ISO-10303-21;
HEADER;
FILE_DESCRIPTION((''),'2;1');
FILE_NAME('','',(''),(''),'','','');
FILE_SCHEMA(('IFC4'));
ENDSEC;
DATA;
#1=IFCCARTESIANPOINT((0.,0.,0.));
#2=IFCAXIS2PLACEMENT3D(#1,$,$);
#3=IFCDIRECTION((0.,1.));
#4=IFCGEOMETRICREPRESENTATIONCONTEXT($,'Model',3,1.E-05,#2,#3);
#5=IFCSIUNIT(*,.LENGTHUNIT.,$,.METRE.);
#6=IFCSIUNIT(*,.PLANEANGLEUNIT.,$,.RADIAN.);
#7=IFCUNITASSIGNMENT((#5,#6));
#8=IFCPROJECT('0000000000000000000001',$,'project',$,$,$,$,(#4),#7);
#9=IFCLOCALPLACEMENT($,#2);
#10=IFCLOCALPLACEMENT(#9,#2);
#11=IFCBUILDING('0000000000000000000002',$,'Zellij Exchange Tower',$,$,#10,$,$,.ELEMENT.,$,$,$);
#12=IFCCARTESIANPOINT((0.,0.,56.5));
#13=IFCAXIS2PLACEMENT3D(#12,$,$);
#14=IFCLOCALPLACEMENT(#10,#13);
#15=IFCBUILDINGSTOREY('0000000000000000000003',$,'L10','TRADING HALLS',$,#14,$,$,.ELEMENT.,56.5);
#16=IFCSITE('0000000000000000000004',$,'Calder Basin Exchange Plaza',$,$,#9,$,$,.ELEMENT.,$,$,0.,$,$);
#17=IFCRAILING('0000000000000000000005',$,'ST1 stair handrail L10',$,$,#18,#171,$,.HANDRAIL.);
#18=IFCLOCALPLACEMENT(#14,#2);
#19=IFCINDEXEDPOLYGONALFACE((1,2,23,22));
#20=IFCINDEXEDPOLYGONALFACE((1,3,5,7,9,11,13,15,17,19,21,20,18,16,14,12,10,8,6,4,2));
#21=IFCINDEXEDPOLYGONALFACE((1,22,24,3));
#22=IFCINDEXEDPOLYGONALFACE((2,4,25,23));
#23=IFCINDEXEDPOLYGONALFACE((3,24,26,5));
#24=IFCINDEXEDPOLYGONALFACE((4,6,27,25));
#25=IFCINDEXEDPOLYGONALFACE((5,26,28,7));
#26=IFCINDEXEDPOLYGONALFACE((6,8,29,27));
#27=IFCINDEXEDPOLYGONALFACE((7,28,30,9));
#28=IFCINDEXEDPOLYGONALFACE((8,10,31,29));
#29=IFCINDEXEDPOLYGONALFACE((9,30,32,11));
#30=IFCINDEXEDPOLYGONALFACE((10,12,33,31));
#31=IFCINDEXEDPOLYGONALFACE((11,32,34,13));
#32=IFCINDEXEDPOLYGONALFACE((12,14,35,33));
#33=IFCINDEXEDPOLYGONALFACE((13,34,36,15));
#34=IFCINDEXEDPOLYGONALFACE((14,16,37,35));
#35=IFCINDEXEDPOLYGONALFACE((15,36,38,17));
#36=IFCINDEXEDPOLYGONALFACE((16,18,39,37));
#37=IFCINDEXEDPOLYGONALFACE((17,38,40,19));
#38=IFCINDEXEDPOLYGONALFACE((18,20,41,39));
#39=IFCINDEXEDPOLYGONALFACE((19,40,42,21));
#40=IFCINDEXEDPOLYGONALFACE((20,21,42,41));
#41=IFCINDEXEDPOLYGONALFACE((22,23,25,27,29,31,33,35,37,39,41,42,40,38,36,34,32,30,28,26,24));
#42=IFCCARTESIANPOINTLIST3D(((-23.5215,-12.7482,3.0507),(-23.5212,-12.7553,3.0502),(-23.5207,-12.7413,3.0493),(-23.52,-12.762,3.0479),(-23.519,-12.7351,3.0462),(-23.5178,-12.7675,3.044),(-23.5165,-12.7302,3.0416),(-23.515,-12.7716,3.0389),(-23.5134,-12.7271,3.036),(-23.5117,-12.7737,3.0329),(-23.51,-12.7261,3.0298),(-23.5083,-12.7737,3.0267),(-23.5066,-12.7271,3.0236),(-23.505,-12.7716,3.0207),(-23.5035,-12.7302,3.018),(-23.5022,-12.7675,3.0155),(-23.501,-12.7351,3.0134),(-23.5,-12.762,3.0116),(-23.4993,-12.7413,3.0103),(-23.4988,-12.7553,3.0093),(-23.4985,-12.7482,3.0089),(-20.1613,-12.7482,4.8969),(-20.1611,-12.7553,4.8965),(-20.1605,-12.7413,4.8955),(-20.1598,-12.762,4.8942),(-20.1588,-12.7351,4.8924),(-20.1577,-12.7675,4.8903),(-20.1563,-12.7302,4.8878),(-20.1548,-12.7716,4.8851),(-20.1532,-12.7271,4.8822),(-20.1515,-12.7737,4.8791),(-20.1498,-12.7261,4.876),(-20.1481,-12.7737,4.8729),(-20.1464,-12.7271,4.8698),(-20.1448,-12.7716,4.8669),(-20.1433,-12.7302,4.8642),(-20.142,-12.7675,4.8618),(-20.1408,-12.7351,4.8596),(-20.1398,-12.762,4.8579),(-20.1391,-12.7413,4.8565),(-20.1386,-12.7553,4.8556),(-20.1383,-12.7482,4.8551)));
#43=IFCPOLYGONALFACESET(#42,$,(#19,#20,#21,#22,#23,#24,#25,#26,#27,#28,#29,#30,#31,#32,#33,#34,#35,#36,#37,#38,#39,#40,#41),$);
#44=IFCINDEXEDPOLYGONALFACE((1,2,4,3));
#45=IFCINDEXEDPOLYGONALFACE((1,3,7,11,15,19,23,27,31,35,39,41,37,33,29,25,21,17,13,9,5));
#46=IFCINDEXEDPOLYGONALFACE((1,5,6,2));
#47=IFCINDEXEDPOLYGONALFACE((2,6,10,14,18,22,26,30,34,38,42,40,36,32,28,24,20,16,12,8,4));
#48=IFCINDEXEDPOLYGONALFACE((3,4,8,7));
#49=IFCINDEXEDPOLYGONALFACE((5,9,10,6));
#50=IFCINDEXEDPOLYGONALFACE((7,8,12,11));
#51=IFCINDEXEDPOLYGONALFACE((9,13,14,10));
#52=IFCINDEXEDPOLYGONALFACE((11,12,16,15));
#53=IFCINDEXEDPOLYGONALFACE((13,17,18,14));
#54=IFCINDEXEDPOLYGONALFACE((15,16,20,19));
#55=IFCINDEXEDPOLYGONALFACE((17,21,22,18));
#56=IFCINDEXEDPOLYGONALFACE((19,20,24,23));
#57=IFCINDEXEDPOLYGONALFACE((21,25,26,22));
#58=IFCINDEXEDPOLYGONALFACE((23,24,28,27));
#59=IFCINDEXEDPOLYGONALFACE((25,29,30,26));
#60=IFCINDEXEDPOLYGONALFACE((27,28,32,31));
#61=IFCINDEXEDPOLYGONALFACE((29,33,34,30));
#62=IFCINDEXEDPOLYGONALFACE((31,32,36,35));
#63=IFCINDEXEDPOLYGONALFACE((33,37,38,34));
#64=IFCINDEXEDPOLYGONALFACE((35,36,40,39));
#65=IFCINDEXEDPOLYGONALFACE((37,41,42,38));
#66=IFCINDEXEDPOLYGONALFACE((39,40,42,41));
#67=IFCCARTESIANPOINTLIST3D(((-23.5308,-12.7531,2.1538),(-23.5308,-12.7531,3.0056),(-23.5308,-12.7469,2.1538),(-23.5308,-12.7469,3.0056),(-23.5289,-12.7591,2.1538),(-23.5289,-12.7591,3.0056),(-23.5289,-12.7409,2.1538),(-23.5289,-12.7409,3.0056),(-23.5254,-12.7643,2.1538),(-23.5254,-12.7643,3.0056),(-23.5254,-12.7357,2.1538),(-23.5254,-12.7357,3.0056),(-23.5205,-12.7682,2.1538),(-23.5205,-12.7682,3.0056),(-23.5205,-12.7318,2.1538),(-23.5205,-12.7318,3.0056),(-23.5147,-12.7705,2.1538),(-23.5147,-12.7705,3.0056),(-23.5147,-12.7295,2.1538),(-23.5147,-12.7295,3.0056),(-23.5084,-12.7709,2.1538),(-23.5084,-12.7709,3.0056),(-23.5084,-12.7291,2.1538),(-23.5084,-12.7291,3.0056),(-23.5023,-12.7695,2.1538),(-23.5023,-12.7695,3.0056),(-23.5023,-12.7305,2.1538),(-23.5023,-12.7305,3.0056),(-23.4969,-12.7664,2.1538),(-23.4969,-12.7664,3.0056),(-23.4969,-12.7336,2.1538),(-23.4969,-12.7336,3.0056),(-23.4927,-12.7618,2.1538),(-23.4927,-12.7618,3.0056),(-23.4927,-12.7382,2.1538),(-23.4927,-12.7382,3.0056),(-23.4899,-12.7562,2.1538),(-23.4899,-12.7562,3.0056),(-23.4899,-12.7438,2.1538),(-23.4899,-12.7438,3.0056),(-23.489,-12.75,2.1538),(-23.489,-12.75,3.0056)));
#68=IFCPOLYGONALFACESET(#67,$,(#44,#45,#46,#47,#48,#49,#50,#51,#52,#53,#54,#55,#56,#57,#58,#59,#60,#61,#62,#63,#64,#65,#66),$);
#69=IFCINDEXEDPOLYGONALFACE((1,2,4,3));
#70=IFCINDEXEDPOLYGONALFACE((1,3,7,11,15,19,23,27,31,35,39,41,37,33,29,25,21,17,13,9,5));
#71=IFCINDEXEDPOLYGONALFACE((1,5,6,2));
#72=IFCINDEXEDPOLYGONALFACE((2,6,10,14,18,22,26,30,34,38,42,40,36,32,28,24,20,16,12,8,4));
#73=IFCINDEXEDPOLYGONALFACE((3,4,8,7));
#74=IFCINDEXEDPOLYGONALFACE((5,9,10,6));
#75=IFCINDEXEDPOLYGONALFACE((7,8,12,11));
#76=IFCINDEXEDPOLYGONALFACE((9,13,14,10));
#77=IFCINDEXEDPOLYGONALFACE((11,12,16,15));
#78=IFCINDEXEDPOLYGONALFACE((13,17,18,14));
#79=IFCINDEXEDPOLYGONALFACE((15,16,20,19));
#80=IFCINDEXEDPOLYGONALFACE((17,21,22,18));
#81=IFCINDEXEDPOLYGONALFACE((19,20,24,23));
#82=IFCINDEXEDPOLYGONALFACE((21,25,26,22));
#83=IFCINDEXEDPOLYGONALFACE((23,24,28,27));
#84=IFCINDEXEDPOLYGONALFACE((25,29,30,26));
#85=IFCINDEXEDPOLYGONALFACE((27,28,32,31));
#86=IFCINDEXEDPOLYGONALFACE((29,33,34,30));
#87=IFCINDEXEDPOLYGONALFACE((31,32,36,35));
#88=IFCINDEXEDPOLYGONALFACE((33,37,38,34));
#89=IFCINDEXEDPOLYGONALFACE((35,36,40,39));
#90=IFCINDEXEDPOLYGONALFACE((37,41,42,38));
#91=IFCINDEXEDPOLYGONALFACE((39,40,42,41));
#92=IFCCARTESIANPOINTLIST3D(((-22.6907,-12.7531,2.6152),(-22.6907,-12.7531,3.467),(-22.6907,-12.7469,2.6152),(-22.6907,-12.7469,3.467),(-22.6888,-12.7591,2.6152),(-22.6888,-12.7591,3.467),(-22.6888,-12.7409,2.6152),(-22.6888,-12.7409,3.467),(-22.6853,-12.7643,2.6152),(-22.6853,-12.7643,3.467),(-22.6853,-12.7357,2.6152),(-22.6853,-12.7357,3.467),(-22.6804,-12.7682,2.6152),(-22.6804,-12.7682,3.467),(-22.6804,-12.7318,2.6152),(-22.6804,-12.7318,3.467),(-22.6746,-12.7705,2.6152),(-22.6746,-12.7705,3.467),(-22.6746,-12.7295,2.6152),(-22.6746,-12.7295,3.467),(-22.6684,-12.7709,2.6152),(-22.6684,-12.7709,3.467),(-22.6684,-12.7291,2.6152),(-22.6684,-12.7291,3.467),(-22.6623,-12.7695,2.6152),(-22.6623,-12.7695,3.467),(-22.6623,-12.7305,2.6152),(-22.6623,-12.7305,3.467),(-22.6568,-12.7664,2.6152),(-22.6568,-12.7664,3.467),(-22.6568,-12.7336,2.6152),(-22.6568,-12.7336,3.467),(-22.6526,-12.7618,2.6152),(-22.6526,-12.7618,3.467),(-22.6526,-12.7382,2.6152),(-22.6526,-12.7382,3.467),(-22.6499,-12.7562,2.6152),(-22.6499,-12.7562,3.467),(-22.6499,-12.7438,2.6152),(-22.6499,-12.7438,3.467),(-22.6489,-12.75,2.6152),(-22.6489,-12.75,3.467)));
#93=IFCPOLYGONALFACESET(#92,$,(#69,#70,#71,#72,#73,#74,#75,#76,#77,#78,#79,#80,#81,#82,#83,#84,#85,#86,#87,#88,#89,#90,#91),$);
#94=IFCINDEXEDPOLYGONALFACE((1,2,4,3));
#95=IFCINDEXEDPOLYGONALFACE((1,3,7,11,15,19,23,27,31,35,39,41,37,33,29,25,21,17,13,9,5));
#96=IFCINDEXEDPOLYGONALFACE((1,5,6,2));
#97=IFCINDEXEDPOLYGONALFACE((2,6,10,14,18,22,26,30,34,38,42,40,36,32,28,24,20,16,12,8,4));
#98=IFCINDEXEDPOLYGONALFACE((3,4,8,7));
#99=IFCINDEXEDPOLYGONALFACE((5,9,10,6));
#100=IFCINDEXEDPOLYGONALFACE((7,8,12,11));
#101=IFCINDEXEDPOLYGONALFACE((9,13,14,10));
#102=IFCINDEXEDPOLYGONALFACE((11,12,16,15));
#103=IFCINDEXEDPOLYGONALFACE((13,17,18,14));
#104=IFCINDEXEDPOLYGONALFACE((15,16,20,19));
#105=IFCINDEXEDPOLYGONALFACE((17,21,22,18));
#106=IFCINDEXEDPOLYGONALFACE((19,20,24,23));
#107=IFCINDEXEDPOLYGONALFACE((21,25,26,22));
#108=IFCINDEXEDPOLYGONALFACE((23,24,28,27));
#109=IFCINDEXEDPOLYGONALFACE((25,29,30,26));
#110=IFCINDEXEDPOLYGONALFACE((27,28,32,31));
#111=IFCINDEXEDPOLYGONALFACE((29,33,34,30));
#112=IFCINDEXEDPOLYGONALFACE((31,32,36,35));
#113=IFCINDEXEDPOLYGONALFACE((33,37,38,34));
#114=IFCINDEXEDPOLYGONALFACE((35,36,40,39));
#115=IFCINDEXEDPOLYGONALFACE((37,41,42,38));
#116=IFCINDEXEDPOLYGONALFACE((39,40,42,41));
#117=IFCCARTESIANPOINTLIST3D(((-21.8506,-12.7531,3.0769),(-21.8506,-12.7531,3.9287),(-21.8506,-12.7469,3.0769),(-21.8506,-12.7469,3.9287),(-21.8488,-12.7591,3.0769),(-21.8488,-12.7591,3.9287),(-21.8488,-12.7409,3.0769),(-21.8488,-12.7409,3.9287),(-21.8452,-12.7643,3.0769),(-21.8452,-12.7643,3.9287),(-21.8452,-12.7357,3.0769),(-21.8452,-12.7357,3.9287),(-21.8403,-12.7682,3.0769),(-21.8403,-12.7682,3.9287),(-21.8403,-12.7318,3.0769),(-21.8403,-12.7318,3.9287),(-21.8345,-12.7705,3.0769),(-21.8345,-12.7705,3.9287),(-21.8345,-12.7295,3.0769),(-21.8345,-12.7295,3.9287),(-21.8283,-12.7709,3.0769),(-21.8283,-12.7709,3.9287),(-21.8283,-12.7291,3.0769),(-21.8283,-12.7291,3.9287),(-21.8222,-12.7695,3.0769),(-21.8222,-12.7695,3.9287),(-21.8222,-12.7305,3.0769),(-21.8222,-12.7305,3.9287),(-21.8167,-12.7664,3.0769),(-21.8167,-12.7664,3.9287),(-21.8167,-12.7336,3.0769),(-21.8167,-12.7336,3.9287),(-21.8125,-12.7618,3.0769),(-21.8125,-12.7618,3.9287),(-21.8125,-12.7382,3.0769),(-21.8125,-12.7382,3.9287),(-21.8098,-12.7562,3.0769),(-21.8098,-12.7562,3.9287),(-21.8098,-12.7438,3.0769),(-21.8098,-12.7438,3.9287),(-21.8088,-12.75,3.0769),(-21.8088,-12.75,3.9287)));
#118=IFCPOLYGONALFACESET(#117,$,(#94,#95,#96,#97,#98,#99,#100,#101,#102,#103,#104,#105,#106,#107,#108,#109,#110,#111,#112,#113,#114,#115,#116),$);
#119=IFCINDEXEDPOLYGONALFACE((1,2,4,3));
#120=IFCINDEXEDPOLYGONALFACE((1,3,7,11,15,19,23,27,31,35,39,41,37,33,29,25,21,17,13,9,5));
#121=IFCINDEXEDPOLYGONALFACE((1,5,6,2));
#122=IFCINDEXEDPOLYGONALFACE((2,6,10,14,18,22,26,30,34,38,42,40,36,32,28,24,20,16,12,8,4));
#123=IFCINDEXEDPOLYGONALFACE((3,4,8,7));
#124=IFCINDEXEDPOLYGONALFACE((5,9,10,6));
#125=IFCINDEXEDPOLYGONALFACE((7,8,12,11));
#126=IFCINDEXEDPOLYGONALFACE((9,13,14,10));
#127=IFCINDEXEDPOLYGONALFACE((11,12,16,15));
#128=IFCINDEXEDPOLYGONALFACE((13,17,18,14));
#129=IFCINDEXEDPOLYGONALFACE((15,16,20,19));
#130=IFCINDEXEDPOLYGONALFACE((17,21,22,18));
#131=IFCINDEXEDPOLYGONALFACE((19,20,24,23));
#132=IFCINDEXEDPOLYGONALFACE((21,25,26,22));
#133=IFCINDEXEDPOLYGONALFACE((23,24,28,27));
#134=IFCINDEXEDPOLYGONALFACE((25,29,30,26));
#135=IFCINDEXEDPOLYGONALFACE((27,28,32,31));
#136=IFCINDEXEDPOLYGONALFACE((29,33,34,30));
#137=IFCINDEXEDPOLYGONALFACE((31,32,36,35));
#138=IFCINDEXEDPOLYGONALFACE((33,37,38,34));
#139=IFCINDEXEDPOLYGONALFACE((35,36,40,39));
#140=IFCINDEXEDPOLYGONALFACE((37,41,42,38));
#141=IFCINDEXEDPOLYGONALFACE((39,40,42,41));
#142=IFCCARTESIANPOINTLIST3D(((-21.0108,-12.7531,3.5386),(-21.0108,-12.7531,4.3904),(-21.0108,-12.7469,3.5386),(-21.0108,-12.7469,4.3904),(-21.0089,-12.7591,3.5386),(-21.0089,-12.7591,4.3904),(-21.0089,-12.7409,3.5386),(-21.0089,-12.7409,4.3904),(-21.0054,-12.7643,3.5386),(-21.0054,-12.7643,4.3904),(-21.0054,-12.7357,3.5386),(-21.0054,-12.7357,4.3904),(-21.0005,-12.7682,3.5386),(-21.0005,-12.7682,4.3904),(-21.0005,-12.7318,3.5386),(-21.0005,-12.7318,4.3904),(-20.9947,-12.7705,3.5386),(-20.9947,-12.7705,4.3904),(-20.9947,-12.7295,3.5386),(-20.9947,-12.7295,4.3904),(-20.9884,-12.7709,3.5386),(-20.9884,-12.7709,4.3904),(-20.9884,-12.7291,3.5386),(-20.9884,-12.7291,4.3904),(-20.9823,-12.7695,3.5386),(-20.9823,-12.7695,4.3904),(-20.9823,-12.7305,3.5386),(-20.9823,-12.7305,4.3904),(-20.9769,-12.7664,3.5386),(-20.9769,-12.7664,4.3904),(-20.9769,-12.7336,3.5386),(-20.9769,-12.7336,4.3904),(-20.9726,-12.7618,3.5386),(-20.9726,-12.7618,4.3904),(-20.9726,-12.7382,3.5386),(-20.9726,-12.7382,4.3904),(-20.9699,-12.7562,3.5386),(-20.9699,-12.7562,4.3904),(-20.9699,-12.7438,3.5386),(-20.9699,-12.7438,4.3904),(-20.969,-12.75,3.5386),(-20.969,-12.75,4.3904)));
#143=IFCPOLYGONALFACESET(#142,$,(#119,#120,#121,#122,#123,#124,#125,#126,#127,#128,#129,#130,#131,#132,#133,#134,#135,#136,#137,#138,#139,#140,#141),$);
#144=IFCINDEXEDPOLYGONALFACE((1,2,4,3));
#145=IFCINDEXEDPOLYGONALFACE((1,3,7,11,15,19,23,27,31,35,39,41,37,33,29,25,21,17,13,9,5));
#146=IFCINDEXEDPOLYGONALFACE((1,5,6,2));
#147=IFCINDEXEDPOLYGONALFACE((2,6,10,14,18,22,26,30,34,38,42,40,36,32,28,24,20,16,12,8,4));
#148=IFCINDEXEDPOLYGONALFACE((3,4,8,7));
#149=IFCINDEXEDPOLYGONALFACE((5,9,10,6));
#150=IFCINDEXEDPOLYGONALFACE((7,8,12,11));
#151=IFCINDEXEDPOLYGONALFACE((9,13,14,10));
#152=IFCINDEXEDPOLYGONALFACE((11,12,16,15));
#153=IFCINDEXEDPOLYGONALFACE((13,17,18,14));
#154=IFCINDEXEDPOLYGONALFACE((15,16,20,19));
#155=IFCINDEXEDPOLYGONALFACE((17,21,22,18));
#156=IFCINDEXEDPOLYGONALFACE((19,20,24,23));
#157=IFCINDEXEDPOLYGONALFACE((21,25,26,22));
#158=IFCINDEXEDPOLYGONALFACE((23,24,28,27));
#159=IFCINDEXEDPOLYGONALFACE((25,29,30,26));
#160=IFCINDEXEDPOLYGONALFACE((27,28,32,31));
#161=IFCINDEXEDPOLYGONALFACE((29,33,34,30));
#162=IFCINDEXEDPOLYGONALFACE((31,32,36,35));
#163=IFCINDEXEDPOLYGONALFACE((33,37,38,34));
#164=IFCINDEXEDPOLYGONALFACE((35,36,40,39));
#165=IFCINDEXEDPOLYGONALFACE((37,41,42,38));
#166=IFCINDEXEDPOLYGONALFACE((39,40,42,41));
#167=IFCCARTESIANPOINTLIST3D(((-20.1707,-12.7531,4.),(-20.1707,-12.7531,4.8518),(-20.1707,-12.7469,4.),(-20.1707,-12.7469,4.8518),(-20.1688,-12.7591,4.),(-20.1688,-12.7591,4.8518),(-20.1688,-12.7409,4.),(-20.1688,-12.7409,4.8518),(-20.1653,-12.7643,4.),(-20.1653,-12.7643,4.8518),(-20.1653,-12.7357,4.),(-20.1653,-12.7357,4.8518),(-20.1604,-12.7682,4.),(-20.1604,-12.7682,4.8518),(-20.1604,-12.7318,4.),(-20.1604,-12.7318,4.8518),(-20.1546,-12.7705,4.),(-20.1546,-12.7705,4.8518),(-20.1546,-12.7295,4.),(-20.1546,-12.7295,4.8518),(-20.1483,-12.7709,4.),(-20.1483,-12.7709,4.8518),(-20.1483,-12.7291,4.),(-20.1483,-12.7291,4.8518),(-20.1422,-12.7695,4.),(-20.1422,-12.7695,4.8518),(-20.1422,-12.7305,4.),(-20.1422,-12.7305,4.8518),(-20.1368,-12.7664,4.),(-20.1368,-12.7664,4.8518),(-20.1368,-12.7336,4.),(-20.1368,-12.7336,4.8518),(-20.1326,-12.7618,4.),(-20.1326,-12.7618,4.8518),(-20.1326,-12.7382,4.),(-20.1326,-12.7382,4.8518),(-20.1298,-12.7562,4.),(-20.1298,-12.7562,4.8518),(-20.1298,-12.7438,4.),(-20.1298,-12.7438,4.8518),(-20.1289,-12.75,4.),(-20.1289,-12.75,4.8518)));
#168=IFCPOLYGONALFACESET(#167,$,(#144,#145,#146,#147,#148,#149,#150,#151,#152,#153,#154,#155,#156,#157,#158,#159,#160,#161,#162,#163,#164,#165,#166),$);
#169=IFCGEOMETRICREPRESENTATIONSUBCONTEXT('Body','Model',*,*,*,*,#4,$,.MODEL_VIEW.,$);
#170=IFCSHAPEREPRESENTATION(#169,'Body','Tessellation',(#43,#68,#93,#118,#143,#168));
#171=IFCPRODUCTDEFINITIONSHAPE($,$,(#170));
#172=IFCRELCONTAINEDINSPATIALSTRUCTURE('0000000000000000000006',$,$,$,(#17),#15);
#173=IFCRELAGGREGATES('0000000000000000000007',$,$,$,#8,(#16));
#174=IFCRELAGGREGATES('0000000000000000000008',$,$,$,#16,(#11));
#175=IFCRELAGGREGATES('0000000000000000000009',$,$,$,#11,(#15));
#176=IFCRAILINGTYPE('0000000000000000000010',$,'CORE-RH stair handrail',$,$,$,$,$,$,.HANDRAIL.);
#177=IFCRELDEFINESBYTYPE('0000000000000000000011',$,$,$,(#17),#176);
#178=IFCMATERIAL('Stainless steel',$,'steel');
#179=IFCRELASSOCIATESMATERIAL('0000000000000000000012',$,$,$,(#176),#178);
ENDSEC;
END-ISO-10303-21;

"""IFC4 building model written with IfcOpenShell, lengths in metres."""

from ifc_helpers import new_model, si_unit, direction, frame, origin, origin_2d, place, context, subcontext, project, spatial, circle, extrude, material, type_object, element, save


model = new_model("IFC4")

# Units and contexts
model_context = context("Model", 3, precision=1e-05, world=origin(), true_north=direction((0.0, 1.0)))
body_context = subcontext(model_context, "Body", "Model", "MODEL_VIEW")
ifc_project = project(units=[si_unit("LENGTHUNIT", "METRE"), si_unit("PLANEANGLEUNIT", "RADIAN")], contexts=[model_context])

# Site, building, storey
site_placement = place(None, origin())
site = spatial("IfcSite", under=ifc_project, at=site_placement, Name="Calder Basin Exchange Plaza", CompositionType="ELEMENT", RefElevation=0.0)
building_placement = place(site_placement, origin())
building = spatial("IfcBuilding", under=site, at=building_placement, Name="Zellij Exchange Tower", CompositionType="ELEMENT")
storey_placement = place(building_placement, frame((0.0, 0.0, 56.5)))
storey = spatial("IfcBuildingStorey", under=building, at=storey_placement, Name="L10", Description="TRADING HALLS", CompositionType="ELEMENT", Elevation=56.5)

# Railing
ifc_material_1 = material(Name="Stainless steel", Category="steel")
railing_type = type_object("IfcRailingType", Name="CORE-RH stair handrail", PredefinedType="HANDRAIL", material=ifc_material_1)
railing_1_placement = place(storey_placement, frame((-23.51, -12.75, 2.1538)))
element("IfcRailing", 1, at=railing_1_placement, inside=storey, type_object=railing_type, Name="ST1 stair handrail L10", PredefinedType="HANDRAIL", context=body_context, shape_type="SweptSolid", body=[
    extrude(circle(Radius=0.0239, at=origin_2d()), frame((0.0, 0.0, 0.876), z_axis=(0.876422, 0.0, 0.481545), x_axis=(0.0, 1.0, 0.0)), (0.0, 0.0, 1.0), 3.834),
    extrude(circle(Radius=0.021, at=origin_2d()), origin(), (0.0, 0.0, 1.0), 0.8518),
    extrude(circle(Radius=0.021, at=origin_2d()), frame((0.8401, 0.0, 0.4614)), (0.0, 0.0, 1.0), 0.8518),
    extrude(circle(Radius=0.021, at=origin_2d()), frame((1.6802, 0.0, 0.9231)), (0.0, 0.0, 1.0), 0.8518),
    extrude(circle(Radius=0.021, at=origin_2d()), frame((2.52, 0.0, 1.3848)), (0.0, 0.0, 1.0), 0.8518),
    extrude(circle(Radius=0.021, at=origin_2d()), frame((3.3601, 0.0, 1.8462)), (0.0, 0.0, 1.0), 0.8518),
])

save(model, "model.ifc")
